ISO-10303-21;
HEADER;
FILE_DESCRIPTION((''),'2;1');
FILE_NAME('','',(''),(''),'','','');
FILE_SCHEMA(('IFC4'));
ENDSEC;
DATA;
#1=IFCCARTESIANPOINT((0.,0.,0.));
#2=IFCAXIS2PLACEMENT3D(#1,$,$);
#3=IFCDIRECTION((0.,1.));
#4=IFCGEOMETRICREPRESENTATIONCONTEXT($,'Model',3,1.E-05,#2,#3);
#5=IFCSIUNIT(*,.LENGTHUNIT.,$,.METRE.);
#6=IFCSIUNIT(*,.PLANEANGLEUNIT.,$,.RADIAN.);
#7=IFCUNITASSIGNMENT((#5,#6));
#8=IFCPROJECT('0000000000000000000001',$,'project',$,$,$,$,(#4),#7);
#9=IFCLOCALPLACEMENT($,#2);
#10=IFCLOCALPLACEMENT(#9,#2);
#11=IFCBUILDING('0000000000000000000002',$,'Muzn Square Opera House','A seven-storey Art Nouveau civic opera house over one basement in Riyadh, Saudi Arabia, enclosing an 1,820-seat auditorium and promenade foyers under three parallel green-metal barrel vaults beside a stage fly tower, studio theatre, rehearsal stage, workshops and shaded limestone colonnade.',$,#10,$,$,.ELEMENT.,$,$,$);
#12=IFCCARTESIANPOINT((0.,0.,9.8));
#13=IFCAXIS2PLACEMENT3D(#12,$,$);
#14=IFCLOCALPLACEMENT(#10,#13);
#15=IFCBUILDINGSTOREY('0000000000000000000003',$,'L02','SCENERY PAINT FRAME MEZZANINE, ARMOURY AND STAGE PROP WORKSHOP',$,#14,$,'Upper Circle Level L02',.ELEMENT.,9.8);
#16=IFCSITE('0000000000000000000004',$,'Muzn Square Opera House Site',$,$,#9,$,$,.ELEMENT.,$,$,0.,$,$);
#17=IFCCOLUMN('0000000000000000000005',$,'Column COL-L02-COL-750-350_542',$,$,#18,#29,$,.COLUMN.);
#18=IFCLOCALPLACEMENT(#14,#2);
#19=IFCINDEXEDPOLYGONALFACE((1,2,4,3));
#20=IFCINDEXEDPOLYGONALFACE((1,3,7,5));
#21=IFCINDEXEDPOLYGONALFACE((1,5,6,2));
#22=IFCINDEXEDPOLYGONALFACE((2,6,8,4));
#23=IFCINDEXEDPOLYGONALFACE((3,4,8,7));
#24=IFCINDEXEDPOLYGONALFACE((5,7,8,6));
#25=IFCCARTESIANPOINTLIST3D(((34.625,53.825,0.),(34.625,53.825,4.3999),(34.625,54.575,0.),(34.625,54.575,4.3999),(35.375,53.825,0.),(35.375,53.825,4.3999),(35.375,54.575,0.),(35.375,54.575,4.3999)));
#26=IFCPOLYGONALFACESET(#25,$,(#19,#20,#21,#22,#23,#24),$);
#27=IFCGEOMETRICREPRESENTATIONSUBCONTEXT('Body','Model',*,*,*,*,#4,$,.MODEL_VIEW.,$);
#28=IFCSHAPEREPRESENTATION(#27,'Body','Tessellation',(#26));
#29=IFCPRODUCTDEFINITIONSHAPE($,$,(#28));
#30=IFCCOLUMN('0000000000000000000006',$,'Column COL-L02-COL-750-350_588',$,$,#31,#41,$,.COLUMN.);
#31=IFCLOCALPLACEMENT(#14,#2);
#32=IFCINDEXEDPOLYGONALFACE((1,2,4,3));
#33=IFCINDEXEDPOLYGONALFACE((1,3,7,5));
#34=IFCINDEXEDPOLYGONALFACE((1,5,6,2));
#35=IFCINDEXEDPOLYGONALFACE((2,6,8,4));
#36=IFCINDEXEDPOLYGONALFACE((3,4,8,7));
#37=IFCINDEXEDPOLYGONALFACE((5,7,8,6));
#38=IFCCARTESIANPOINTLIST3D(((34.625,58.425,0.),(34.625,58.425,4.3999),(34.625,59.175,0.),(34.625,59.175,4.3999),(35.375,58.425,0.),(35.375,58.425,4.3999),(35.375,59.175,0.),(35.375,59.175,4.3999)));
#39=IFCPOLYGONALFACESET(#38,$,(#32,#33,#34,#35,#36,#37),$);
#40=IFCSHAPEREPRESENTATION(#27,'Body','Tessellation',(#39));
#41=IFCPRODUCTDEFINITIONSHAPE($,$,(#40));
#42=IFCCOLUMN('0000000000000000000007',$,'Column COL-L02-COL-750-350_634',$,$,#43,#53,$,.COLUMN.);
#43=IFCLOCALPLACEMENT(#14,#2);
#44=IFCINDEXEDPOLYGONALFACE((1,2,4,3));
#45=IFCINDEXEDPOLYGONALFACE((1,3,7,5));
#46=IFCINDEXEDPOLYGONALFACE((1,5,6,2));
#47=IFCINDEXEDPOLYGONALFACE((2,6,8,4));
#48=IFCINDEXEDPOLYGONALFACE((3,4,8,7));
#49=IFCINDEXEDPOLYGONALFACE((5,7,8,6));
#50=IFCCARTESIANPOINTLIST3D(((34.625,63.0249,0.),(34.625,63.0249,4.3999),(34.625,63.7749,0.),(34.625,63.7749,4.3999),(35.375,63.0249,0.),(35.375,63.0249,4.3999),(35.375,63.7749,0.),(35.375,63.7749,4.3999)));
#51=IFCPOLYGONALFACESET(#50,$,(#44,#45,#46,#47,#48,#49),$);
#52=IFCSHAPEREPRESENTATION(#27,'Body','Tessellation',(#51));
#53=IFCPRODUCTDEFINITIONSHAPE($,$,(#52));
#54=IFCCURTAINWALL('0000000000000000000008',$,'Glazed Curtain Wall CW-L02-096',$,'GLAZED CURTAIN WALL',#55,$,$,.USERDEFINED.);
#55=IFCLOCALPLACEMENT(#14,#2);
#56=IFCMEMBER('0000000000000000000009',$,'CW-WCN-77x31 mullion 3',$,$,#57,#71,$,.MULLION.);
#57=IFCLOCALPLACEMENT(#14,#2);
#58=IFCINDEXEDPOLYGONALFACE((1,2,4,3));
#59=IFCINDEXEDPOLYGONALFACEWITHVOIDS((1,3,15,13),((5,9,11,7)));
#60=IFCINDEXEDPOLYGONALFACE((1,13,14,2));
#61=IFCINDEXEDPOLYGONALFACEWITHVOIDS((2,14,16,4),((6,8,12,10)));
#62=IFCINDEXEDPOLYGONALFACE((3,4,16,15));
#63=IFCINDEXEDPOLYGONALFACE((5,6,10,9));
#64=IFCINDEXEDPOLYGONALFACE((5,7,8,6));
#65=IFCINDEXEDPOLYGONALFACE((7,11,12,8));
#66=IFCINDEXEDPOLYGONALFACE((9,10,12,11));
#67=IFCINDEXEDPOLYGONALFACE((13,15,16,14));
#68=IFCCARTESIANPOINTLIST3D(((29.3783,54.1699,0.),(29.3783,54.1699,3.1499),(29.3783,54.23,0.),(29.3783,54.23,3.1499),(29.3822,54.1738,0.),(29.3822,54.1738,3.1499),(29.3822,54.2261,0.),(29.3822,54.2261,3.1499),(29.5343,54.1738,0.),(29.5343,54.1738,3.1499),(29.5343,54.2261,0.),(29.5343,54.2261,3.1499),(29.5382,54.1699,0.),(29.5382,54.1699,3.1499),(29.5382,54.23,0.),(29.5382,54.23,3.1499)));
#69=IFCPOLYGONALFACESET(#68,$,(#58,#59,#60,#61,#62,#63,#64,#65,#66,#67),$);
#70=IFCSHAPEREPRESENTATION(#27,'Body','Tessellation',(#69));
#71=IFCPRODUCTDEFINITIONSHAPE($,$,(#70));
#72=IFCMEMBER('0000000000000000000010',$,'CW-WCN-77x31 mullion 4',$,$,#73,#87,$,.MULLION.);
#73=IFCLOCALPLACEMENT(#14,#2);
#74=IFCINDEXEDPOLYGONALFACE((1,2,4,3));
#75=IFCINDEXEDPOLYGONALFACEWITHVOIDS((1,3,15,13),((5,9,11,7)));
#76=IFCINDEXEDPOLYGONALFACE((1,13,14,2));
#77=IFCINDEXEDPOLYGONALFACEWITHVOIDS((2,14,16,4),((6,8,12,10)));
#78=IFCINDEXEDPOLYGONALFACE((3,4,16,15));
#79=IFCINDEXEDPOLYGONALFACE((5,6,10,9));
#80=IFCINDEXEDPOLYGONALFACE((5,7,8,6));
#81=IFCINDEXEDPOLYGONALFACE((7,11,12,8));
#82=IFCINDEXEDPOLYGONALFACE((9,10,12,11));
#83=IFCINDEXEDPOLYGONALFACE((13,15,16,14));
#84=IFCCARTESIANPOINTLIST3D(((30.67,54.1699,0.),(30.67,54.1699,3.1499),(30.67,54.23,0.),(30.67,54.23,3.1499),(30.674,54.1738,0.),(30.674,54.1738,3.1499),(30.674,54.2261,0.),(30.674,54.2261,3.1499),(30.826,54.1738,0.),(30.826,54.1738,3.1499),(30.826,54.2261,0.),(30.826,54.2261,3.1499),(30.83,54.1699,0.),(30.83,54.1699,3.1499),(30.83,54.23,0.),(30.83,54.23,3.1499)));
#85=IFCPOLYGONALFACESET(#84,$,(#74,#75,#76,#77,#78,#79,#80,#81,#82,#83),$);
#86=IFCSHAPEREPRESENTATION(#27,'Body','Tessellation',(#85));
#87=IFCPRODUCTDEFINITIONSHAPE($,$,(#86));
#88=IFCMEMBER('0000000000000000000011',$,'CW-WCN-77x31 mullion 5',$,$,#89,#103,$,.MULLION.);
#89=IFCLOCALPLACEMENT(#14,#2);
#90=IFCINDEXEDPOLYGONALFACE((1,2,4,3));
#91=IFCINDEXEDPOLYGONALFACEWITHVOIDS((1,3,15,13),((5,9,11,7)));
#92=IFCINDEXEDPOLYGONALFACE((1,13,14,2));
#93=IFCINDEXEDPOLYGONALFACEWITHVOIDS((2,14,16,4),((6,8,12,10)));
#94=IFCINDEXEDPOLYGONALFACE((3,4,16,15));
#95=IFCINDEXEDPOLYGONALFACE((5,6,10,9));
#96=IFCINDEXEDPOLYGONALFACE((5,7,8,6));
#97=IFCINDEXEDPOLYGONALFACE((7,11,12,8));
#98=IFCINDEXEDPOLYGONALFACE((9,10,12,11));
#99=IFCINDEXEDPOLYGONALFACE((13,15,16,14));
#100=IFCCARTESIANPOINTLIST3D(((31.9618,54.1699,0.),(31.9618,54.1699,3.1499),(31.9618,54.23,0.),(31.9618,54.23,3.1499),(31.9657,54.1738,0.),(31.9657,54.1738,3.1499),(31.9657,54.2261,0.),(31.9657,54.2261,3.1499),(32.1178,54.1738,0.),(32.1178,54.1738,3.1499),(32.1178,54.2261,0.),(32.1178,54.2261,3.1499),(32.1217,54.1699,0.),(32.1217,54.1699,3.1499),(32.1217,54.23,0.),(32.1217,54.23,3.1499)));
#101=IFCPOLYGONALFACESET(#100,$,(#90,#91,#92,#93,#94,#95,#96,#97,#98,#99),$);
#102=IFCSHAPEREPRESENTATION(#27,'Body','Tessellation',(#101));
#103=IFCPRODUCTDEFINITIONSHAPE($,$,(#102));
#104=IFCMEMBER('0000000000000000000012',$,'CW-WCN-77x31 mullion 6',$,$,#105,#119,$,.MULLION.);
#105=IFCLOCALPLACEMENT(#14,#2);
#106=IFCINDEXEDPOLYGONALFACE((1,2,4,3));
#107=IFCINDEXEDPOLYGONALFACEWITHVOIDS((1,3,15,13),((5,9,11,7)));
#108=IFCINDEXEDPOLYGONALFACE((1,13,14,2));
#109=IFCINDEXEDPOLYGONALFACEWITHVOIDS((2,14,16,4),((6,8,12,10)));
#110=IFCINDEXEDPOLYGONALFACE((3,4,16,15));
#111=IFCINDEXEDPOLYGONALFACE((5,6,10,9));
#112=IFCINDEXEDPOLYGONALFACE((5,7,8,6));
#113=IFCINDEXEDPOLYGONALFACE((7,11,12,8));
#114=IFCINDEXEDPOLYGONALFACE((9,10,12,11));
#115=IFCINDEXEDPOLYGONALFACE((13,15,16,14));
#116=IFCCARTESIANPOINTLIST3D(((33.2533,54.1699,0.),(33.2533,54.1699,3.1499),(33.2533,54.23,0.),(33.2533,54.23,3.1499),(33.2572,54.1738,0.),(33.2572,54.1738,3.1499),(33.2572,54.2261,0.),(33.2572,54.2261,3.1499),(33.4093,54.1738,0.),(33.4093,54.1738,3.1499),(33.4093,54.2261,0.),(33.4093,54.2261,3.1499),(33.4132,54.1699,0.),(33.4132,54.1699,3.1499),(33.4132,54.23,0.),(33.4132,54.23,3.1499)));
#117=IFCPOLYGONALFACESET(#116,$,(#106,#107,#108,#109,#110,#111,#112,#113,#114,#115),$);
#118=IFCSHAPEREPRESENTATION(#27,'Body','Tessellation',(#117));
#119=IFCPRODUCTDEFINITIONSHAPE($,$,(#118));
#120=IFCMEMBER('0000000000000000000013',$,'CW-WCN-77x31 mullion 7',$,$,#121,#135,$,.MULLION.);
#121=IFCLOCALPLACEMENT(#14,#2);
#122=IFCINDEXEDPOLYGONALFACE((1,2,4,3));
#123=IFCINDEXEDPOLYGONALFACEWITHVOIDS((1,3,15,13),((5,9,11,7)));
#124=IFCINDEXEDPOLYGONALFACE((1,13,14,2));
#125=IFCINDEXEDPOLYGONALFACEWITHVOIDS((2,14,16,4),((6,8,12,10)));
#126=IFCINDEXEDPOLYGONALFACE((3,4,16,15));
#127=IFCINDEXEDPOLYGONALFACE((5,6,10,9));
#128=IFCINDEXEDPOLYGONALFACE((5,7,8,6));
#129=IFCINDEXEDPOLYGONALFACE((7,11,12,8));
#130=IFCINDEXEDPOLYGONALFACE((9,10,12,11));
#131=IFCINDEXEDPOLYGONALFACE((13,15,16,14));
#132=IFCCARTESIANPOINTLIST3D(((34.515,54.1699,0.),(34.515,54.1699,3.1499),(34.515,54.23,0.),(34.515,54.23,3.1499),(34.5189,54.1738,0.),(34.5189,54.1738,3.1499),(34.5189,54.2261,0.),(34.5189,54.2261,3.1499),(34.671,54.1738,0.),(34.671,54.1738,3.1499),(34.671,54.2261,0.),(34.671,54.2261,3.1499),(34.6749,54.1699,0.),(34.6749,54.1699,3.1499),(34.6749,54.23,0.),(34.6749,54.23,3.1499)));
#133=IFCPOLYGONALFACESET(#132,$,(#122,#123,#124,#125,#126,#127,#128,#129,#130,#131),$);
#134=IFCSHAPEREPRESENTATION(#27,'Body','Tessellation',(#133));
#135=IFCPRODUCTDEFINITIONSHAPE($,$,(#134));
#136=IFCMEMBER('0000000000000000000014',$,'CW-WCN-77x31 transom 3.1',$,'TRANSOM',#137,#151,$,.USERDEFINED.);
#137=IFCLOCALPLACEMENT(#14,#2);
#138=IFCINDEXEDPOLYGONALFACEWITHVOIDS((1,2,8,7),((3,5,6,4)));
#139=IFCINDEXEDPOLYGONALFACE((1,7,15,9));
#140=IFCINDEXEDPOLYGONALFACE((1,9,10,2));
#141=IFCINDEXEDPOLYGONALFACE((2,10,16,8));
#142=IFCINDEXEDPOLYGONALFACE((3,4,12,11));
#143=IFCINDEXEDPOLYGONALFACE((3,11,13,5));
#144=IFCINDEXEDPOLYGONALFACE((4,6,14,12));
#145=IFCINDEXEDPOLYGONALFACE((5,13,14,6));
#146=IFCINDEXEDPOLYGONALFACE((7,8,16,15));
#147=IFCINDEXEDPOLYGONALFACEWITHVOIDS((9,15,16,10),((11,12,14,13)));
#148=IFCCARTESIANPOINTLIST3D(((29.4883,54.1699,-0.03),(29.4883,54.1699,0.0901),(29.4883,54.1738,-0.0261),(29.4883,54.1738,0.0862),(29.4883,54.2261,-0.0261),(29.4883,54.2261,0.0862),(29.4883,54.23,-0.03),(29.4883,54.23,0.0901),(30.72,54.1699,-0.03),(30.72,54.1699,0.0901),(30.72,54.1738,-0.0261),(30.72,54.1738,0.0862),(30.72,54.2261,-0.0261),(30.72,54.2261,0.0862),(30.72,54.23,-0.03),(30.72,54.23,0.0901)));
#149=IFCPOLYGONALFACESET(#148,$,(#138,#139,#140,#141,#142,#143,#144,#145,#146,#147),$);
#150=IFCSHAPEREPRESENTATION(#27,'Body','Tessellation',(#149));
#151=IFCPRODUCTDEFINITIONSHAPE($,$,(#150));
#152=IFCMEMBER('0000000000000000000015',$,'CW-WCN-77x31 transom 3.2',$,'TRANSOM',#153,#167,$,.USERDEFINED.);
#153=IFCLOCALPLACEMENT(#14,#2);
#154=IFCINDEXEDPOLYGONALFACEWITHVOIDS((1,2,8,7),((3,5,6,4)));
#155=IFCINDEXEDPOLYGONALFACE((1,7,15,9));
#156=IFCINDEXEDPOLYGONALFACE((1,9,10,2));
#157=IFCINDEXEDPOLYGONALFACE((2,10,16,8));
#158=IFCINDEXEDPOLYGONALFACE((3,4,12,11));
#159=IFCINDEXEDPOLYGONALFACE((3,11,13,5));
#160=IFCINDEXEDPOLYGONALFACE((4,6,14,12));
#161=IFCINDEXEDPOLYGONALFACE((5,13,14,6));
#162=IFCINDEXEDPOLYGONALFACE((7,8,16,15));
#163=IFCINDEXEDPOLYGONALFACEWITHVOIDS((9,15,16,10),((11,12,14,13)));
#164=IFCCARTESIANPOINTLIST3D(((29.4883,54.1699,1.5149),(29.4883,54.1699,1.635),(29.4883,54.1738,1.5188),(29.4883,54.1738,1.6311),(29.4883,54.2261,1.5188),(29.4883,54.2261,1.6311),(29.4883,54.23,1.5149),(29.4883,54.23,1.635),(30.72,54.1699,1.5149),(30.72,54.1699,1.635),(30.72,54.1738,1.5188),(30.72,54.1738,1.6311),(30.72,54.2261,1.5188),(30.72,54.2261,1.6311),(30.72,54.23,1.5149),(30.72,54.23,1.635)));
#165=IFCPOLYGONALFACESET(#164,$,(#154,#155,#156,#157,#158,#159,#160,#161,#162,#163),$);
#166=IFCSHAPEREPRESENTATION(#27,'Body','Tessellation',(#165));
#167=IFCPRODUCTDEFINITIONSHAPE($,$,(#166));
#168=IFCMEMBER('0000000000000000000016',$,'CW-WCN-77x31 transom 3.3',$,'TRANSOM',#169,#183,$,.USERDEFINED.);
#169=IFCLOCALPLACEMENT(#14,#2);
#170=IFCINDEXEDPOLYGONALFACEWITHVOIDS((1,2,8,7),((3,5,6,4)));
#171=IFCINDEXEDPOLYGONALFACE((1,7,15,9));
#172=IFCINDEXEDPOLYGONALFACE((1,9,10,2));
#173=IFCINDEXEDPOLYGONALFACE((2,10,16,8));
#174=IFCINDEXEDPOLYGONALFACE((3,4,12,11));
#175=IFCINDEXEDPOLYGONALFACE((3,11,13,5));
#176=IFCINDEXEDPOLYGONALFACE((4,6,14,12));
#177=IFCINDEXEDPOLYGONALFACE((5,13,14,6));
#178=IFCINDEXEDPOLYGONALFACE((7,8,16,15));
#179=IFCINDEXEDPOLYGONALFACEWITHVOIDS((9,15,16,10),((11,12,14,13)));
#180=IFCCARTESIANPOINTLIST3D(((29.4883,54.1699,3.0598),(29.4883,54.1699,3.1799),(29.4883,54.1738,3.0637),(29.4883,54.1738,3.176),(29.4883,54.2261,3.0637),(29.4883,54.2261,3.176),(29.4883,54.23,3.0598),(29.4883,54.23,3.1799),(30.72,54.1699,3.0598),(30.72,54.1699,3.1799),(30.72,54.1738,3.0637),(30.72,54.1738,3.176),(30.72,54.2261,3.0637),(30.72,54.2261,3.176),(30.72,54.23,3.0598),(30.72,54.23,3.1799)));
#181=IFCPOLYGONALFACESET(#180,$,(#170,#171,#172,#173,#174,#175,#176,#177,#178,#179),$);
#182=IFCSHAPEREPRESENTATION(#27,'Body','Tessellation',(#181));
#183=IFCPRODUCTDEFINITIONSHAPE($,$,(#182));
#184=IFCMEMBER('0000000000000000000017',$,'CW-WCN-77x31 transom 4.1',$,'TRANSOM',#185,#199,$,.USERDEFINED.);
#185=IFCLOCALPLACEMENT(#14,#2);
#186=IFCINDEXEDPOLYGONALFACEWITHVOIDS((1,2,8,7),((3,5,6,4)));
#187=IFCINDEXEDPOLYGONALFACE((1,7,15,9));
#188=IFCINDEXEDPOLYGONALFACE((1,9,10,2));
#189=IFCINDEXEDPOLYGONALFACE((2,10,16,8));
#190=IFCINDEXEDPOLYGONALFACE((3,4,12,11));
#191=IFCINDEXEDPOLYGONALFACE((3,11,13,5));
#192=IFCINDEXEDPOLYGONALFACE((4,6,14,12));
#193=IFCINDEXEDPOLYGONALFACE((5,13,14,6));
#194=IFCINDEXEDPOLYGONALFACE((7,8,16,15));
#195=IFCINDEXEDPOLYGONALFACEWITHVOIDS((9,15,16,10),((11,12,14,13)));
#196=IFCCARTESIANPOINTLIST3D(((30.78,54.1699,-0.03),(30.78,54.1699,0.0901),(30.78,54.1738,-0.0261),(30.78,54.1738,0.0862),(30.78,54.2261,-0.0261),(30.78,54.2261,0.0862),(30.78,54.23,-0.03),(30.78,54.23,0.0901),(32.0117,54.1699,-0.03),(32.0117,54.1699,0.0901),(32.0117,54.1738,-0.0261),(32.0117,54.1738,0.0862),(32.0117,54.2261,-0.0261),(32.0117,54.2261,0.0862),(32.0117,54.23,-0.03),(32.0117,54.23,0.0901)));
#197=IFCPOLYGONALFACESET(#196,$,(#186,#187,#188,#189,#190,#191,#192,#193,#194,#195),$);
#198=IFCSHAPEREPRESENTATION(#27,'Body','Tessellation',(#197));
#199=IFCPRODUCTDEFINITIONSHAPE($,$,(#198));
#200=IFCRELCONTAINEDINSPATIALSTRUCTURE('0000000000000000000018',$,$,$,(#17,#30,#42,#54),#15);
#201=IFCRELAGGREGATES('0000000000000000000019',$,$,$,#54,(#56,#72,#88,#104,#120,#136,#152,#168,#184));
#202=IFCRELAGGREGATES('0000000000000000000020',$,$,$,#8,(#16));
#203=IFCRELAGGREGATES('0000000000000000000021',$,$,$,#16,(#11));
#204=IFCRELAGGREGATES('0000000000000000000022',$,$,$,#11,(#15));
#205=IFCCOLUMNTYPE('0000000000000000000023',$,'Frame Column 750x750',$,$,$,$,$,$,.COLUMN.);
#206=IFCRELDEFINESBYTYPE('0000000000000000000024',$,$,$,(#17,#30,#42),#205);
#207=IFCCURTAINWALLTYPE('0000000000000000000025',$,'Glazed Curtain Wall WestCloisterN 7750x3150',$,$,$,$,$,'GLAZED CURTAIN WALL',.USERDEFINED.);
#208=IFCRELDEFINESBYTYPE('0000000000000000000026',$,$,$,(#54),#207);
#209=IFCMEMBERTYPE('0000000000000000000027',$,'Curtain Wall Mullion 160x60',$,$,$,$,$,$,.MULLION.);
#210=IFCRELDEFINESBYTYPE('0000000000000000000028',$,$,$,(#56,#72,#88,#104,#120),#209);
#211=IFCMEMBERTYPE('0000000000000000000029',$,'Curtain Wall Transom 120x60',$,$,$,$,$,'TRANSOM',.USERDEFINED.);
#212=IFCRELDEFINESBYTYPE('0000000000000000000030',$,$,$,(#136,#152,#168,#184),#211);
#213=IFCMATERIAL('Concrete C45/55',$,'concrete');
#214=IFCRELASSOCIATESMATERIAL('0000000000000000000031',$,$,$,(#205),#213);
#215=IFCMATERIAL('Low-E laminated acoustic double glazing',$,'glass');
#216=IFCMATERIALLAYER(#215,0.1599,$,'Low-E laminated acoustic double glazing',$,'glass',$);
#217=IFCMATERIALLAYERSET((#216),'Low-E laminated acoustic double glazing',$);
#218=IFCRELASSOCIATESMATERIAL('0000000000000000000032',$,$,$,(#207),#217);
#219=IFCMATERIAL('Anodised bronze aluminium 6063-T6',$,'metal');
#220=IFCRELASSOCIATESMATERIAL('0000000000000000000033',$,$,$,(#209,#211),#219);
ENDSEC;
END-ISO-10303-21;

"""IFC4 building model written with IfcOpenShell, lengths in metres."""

from ifc_helpers import new_model, si_unit, direction, frame, origin, origin_2d, place, context, subcontext, project, spatial, rectangle, hollow_rectangle, extrude, material, layer, layer_set, material_profile, profile_set, type_object, element, aggregate, save


model = new_model("IFC4")

# Units and contexts
model_context = context("Model", 3, precision=1e-05, world=origin(), true_north=direction((0.0, 1.0)))
body_context = subcontext(model_context, "Body", "Model", "MODEL_VIEW")
ifc_project = project(units=[si_unit("LENGTHUNIT", "METRE"), si_unit("PLANEANGLEUNIT", "RADIAN")], contexts=[model_context])

# Site, building, storey
site_placement = place(None, origin())
site = spatial("IfcSite", under=ifc_project, at=site_placement, Name="Muzn Square Opera House Site", CompositionType="ELEMENT", RefElevation=0.0)
building_placement = place(site_placement, origin())
building = spatial("IfcBuilding", under=site, at=building_placement, Name="Muzn Square Opera House", Description="A seven-storey Art Nouveau civic opera house over one basement in Riyadh, Saudi Arabia, enclosing an 1,820-seat auditorium and promenade foyers under three parallel green-metal barrel vaults beside a stage fly tower, studio theatre, rehearsal stage, workshops and shaded limestone colonnade.", CompositionType="ELEMENT")
storey_placement = place(building_placement, frame((0.0, 0.0, 9.8)))
storey = spatial("IfcBuildingStorey", under=building, at=storey_placement, Name="L02", Description="SCENERY PAINT FRAME MEZZANINE, ARMOURY AND STAGE PROP WORKSHOP", LongName="Upper Circle Level L02", CompositionType="ELEMENT", Elevation=9.8)

# Columns
ifc_material_1 = material(Name="Concrete C45/55", Category="concrete")
ifc_material_profile_1 = material_profile(ifc_material_1, rectangle(XDim=0.75, YDim=0.75, at=origin_2d()), Name="RC 750x750", Category="concrete")
ifc_profile_set_1 = profile_set([ifc_material_profile_1], Name="Concrete C45/55")
column_type = type_object("IfcColumnType", Name="Frame Column 750x750", PredefinedType="COLUMN", material=ifc_profile_set_1)
for number, where, z_axis, x_axis, name in (
    (1, (35.0, 54.2, 0.0), (0.0, 0.0, 1.0), (1.0, 0.0, 0.0), "Column COL-L02-COL-750-350_542"),
    (2, (35.0, 58.8, 0.0), (0.0, 0.0, 1.0), (1.0, 0.0, 0.0), "Column COL-L02-COL-750-350_588"),
    (3, (35.0, 63.3999, 0.0), (0.0, 0.0, 1.0), (1.0, 0.0, 0.0), "Column COL-L02-COL-750-350_634"),
):
    element("IfcColumn", number, at=place(storey_placement, frame(where, z_axis=z_axis, x_axis=x_axis)), inside=storey, type_object=column_type, Name=name, PredefinedType="COLUMN", context=body_context, shape_type="SweptSolid", body=[
        extrude(rectangle(XDim=0.75, YDim=0.75, at=origin_2d()), origin(), (0.0, 0.0, 1.0), 4.3999),
    ])

# Curtain wall, members
ifc_material_2 = material(Name="Low-E laminated acoustic double glazing", Category="glass")
ifc_layer_1 = layer(ifc_material_2, 0.1599, Name="Low-E laminated acoustic double glazing", Category="glass")
ifc_layer_set_1 = layer_set([ifc_layer_1], Name="Low-E laminated acoustic double glazing")
curtain_wall_type = type_object("IfcCurtainWallType", Name="Glazed Curtain Wall WestCloisterN 7750x3150", ElementType="GLAZED CURTAIN WALL", PredefinedType="USERDEFINED", material=ifc_layer_set_1)
curtain_wall_placement = place(storey_placement, origin())
curtain_wall = element("IfcCurtainWall", 4, at=curtain_wall_placement, inside=storey, type_object=curtain_wall_type, Name="Glazed Curtain Wall CW-L02-096", ObjectType="GLAZED CURTAIN WALL", PredefinedType="USERDEFINED")
ifc_material_3 = material(Name="Anodised bronze aluminium 6063-T6", Category="metal")
ifc_material_profile_2 = material_profile(ifc_material_3, hollow_rectangle(XDim=0.0601, YDim=0.1599, WallThickness=0.0039, at=origin_2d()), Name="ALU 160x60x4", Category="metal")
ifc_profile_set_2 = profile_set([ifc_material_profile_2], Name="Anodised bronze aluminium 6063-T6")
member_type_1 = type_object("IfcMemberType", Name="Curtain Wall Mullion 160x60", PredefinedType="MULLION", material=ifc_profile_set_2)
member_1_placement = place(storey_placement, frame((29.4583, 54.2, 0.0), z_axis=(0.0, 0.0, 1.0), x_axis=(0.0, 1.0, 0.0)))
member_1 = element("IfcMember", 5, at=member_1_placement, type_object=member_type_1, Name="CW-WCN-77x31 mullion 3", PredefinedType="MULLION", context=body_context, shape_type="SweptSolid", body=[
    extrude(hollow_rectangle(XDim=0.0601, YDim=0.1599, WallThickness=0.0039, at=origin_2d()), origin(), (0.0, 0.0, 1.0), 3.1499),
])
member_2_placement = place(storey_placement, frame((30.75, 54.2, 0.0), z_axis=(0.0, 0.0, 1.0), x_axis=(0.0, 1.0, 0.0)))
member_2 = element("IfcMember", 6, at=member_2_placement, type_object=member_type_1, Name="CW-WCN-77x31 mullion 4", PredefinedType="MULLION", context=body_context, shape_type="SweptSolid", body=[
    extrude(hollow_rectangle(XDim=0.0601, YDim=0.1599, WallThickness=0.0039, at=origin_2d()), origin(), (0.0, 0.0, 1.0), 3.1499),
])
member_3_placement = place(storey_placement, frame((32.0417, 54.2, 0.0), z_axis=(0.0, 0.0, 1.0), x_axis=(0.0, 1.0, 0.0)))
member_3 = element("IfcMember", 7, at=member_3_placement, type_object=member_type_1, Name="CW-WCN-77x31 mullion 5", PredefinedType="MULLION", context=body_context, shape_type="SweptSolid", body=[
    extrude(hollow_rectangle(XDim=0.0601, YDim=0.1599, WallThickness=0.0039, at=origin_2d()), origin(), (0.0, 0.0, 1.0), 3.1499),
])
member_4_placement = place(storey_placement, frame((33.3333, 54.2, 0.0), z_axis=(0.0, 0.0, 1.0), x_axis=(0.0, 1.0, 0.0)))
member_4 = element("IfcMember", 8, at=member_4_placement, type_object=member_type_1, Name="CW-WCN-77x31 mullion 6", PredefinedType="MULLION", context=body_context, shape_type="SweptSolid", body=[
    extrude(hollow_rectangle(XDim=0.0601, YDim=0.1599, WallThickness=0.0039, at=origin_2d()), origin(), (0.0, 0.0, 1.0), 3.1499),
])
member_5_placement = place(storey_placement, frame((34.595, 54.2, 0.0), z_axis=(0.0, 0.0, 1.0), x_axis=(0.0, 1.0, 0.0)))
member_5 = element("IfcMember", 9, at=member_5_placement, type_object=member_type_1, Name="CW-WCN-77x31 mullion 7", PredefinedType="MULLION", context=body_context, shape_type="SweptSolid", body=[
    extrude(hollow_rectangle(XDim=0.0601, YDim=0.1599, WallThickness=0.0039, at=origin_2d()), origin(), (0.0, 0.0, 1.0), 3.1499),
])
ifc_material_profile_3 = material_profile(ifc_material_3, hollow_rectangle(XDim=0.0601, YDim=0.1201, WallThickness=0.0039, at=origin_2d()), Name="ALU 120x60x4", Category="metal")
ifc_profile_set_3 = profile_set([ifc_material_profile_3], Name="Anodised bronze aluminium 6063-T6")
member_type_2 = type_object("IfcMemberType", Name="Curtain Wall Transom 120x60", ElementType="TRANSOM", PredefinedType="USERDEFINED", material=ifc_profile_set_3)
member_6_placement = place(storey_placement, frame((29.4883, 54.2, 0.03), z_axis=(1.0, 0.0, 0.0), x_axis=(0.0, 1.0, 0.0)))
member_6 = element("IfcMember", 10, at=member_6_placement, type_object=member_type_2, Name="CW-WCN-77x31 transom 3.1", ObjectType="TRANSOM", PredefinedType="USERDEFINED", context=body_context, shape_type="SweptSolid", body=[
    extrude(hollow_rectangle(XDim=0.0601, YDim=0.1201, WallThickness=0.0039, at=origin_2d()), origin(), (0.0, 0.0, 1.0), 1.2317),
])
member_7_placement = place(storey_placement, frame((29.4883, 54.2, 1.575), z_axis=(1.0, 0.0, 0.0), x_axis=(0.0, 1.0, 0.0)))
member_7 = element("IfcMember", 11, at=member_7_placement, type_object=member_type_2, Name="CW-WCN-77x31 transom 3.2", ObjectType="TRANSOM", PredefinedType="USERDEFINED", context=body_context, shape_type="SweptSolid", body=[
    extrude(hollow_rectangle(XDim=0.0601, YDim=0.1201, WallThickness=0.0039, at=origin_2d()), origin(), (0.0, 0.0, 1.0), 1.2317),
])
member_8_placement = place(storey_placement, frame((29.4883, 54.2, 3.1199), z_axis=(1.0, 0.0, 0.0), x_axis=(0.0, 1.0, 0.0)))
member_8 = element("IfcMember", 12, at=member_8_placement, type_object=member_type_2, Name="CW-WCN-77x31 transom 3.3", ObjectType="TRANSOM", PredefinedType="USERDEFINED", context=body_context, shape_type="SweptSolid", body=[
    extrude(hollow_rectangle(XDim=0.0601, YDim=0.1201, WallThickness=0.0039, at=origin_2d()), origin(), (0.0, 0.0, 1.0), 1.2317),
])
member_9_placement = place(storey_placement, frame((30.78, 54.2, 0.03), z_axis=(1.0, 0.0, 0.0), x_axis=(0.0, 1.0, 0.0)))
member_9 = element("IfcMember", 13, at=member_9_placement, type_object=member_type_2, Name="CW-WCN-77x31 transom 4.1", ObjectType="TRANSOM", PredefinedType="USERDEFINED", context=body_context, shape_type="SweptSolid", body=[
    extrude(hollow_rectangle(XDim=0.0601, YDim=0.1201, WallThickness=0.0039, at=origin_2d()), origin(), (0.0, 0.0, 1.0), 1.2317),
])

aggregate(curtain_wall, [member_1, member_2, member_3, member_4, member_5, member_6, member_7, member_8, member_9])

save(model, "model.ifc")
